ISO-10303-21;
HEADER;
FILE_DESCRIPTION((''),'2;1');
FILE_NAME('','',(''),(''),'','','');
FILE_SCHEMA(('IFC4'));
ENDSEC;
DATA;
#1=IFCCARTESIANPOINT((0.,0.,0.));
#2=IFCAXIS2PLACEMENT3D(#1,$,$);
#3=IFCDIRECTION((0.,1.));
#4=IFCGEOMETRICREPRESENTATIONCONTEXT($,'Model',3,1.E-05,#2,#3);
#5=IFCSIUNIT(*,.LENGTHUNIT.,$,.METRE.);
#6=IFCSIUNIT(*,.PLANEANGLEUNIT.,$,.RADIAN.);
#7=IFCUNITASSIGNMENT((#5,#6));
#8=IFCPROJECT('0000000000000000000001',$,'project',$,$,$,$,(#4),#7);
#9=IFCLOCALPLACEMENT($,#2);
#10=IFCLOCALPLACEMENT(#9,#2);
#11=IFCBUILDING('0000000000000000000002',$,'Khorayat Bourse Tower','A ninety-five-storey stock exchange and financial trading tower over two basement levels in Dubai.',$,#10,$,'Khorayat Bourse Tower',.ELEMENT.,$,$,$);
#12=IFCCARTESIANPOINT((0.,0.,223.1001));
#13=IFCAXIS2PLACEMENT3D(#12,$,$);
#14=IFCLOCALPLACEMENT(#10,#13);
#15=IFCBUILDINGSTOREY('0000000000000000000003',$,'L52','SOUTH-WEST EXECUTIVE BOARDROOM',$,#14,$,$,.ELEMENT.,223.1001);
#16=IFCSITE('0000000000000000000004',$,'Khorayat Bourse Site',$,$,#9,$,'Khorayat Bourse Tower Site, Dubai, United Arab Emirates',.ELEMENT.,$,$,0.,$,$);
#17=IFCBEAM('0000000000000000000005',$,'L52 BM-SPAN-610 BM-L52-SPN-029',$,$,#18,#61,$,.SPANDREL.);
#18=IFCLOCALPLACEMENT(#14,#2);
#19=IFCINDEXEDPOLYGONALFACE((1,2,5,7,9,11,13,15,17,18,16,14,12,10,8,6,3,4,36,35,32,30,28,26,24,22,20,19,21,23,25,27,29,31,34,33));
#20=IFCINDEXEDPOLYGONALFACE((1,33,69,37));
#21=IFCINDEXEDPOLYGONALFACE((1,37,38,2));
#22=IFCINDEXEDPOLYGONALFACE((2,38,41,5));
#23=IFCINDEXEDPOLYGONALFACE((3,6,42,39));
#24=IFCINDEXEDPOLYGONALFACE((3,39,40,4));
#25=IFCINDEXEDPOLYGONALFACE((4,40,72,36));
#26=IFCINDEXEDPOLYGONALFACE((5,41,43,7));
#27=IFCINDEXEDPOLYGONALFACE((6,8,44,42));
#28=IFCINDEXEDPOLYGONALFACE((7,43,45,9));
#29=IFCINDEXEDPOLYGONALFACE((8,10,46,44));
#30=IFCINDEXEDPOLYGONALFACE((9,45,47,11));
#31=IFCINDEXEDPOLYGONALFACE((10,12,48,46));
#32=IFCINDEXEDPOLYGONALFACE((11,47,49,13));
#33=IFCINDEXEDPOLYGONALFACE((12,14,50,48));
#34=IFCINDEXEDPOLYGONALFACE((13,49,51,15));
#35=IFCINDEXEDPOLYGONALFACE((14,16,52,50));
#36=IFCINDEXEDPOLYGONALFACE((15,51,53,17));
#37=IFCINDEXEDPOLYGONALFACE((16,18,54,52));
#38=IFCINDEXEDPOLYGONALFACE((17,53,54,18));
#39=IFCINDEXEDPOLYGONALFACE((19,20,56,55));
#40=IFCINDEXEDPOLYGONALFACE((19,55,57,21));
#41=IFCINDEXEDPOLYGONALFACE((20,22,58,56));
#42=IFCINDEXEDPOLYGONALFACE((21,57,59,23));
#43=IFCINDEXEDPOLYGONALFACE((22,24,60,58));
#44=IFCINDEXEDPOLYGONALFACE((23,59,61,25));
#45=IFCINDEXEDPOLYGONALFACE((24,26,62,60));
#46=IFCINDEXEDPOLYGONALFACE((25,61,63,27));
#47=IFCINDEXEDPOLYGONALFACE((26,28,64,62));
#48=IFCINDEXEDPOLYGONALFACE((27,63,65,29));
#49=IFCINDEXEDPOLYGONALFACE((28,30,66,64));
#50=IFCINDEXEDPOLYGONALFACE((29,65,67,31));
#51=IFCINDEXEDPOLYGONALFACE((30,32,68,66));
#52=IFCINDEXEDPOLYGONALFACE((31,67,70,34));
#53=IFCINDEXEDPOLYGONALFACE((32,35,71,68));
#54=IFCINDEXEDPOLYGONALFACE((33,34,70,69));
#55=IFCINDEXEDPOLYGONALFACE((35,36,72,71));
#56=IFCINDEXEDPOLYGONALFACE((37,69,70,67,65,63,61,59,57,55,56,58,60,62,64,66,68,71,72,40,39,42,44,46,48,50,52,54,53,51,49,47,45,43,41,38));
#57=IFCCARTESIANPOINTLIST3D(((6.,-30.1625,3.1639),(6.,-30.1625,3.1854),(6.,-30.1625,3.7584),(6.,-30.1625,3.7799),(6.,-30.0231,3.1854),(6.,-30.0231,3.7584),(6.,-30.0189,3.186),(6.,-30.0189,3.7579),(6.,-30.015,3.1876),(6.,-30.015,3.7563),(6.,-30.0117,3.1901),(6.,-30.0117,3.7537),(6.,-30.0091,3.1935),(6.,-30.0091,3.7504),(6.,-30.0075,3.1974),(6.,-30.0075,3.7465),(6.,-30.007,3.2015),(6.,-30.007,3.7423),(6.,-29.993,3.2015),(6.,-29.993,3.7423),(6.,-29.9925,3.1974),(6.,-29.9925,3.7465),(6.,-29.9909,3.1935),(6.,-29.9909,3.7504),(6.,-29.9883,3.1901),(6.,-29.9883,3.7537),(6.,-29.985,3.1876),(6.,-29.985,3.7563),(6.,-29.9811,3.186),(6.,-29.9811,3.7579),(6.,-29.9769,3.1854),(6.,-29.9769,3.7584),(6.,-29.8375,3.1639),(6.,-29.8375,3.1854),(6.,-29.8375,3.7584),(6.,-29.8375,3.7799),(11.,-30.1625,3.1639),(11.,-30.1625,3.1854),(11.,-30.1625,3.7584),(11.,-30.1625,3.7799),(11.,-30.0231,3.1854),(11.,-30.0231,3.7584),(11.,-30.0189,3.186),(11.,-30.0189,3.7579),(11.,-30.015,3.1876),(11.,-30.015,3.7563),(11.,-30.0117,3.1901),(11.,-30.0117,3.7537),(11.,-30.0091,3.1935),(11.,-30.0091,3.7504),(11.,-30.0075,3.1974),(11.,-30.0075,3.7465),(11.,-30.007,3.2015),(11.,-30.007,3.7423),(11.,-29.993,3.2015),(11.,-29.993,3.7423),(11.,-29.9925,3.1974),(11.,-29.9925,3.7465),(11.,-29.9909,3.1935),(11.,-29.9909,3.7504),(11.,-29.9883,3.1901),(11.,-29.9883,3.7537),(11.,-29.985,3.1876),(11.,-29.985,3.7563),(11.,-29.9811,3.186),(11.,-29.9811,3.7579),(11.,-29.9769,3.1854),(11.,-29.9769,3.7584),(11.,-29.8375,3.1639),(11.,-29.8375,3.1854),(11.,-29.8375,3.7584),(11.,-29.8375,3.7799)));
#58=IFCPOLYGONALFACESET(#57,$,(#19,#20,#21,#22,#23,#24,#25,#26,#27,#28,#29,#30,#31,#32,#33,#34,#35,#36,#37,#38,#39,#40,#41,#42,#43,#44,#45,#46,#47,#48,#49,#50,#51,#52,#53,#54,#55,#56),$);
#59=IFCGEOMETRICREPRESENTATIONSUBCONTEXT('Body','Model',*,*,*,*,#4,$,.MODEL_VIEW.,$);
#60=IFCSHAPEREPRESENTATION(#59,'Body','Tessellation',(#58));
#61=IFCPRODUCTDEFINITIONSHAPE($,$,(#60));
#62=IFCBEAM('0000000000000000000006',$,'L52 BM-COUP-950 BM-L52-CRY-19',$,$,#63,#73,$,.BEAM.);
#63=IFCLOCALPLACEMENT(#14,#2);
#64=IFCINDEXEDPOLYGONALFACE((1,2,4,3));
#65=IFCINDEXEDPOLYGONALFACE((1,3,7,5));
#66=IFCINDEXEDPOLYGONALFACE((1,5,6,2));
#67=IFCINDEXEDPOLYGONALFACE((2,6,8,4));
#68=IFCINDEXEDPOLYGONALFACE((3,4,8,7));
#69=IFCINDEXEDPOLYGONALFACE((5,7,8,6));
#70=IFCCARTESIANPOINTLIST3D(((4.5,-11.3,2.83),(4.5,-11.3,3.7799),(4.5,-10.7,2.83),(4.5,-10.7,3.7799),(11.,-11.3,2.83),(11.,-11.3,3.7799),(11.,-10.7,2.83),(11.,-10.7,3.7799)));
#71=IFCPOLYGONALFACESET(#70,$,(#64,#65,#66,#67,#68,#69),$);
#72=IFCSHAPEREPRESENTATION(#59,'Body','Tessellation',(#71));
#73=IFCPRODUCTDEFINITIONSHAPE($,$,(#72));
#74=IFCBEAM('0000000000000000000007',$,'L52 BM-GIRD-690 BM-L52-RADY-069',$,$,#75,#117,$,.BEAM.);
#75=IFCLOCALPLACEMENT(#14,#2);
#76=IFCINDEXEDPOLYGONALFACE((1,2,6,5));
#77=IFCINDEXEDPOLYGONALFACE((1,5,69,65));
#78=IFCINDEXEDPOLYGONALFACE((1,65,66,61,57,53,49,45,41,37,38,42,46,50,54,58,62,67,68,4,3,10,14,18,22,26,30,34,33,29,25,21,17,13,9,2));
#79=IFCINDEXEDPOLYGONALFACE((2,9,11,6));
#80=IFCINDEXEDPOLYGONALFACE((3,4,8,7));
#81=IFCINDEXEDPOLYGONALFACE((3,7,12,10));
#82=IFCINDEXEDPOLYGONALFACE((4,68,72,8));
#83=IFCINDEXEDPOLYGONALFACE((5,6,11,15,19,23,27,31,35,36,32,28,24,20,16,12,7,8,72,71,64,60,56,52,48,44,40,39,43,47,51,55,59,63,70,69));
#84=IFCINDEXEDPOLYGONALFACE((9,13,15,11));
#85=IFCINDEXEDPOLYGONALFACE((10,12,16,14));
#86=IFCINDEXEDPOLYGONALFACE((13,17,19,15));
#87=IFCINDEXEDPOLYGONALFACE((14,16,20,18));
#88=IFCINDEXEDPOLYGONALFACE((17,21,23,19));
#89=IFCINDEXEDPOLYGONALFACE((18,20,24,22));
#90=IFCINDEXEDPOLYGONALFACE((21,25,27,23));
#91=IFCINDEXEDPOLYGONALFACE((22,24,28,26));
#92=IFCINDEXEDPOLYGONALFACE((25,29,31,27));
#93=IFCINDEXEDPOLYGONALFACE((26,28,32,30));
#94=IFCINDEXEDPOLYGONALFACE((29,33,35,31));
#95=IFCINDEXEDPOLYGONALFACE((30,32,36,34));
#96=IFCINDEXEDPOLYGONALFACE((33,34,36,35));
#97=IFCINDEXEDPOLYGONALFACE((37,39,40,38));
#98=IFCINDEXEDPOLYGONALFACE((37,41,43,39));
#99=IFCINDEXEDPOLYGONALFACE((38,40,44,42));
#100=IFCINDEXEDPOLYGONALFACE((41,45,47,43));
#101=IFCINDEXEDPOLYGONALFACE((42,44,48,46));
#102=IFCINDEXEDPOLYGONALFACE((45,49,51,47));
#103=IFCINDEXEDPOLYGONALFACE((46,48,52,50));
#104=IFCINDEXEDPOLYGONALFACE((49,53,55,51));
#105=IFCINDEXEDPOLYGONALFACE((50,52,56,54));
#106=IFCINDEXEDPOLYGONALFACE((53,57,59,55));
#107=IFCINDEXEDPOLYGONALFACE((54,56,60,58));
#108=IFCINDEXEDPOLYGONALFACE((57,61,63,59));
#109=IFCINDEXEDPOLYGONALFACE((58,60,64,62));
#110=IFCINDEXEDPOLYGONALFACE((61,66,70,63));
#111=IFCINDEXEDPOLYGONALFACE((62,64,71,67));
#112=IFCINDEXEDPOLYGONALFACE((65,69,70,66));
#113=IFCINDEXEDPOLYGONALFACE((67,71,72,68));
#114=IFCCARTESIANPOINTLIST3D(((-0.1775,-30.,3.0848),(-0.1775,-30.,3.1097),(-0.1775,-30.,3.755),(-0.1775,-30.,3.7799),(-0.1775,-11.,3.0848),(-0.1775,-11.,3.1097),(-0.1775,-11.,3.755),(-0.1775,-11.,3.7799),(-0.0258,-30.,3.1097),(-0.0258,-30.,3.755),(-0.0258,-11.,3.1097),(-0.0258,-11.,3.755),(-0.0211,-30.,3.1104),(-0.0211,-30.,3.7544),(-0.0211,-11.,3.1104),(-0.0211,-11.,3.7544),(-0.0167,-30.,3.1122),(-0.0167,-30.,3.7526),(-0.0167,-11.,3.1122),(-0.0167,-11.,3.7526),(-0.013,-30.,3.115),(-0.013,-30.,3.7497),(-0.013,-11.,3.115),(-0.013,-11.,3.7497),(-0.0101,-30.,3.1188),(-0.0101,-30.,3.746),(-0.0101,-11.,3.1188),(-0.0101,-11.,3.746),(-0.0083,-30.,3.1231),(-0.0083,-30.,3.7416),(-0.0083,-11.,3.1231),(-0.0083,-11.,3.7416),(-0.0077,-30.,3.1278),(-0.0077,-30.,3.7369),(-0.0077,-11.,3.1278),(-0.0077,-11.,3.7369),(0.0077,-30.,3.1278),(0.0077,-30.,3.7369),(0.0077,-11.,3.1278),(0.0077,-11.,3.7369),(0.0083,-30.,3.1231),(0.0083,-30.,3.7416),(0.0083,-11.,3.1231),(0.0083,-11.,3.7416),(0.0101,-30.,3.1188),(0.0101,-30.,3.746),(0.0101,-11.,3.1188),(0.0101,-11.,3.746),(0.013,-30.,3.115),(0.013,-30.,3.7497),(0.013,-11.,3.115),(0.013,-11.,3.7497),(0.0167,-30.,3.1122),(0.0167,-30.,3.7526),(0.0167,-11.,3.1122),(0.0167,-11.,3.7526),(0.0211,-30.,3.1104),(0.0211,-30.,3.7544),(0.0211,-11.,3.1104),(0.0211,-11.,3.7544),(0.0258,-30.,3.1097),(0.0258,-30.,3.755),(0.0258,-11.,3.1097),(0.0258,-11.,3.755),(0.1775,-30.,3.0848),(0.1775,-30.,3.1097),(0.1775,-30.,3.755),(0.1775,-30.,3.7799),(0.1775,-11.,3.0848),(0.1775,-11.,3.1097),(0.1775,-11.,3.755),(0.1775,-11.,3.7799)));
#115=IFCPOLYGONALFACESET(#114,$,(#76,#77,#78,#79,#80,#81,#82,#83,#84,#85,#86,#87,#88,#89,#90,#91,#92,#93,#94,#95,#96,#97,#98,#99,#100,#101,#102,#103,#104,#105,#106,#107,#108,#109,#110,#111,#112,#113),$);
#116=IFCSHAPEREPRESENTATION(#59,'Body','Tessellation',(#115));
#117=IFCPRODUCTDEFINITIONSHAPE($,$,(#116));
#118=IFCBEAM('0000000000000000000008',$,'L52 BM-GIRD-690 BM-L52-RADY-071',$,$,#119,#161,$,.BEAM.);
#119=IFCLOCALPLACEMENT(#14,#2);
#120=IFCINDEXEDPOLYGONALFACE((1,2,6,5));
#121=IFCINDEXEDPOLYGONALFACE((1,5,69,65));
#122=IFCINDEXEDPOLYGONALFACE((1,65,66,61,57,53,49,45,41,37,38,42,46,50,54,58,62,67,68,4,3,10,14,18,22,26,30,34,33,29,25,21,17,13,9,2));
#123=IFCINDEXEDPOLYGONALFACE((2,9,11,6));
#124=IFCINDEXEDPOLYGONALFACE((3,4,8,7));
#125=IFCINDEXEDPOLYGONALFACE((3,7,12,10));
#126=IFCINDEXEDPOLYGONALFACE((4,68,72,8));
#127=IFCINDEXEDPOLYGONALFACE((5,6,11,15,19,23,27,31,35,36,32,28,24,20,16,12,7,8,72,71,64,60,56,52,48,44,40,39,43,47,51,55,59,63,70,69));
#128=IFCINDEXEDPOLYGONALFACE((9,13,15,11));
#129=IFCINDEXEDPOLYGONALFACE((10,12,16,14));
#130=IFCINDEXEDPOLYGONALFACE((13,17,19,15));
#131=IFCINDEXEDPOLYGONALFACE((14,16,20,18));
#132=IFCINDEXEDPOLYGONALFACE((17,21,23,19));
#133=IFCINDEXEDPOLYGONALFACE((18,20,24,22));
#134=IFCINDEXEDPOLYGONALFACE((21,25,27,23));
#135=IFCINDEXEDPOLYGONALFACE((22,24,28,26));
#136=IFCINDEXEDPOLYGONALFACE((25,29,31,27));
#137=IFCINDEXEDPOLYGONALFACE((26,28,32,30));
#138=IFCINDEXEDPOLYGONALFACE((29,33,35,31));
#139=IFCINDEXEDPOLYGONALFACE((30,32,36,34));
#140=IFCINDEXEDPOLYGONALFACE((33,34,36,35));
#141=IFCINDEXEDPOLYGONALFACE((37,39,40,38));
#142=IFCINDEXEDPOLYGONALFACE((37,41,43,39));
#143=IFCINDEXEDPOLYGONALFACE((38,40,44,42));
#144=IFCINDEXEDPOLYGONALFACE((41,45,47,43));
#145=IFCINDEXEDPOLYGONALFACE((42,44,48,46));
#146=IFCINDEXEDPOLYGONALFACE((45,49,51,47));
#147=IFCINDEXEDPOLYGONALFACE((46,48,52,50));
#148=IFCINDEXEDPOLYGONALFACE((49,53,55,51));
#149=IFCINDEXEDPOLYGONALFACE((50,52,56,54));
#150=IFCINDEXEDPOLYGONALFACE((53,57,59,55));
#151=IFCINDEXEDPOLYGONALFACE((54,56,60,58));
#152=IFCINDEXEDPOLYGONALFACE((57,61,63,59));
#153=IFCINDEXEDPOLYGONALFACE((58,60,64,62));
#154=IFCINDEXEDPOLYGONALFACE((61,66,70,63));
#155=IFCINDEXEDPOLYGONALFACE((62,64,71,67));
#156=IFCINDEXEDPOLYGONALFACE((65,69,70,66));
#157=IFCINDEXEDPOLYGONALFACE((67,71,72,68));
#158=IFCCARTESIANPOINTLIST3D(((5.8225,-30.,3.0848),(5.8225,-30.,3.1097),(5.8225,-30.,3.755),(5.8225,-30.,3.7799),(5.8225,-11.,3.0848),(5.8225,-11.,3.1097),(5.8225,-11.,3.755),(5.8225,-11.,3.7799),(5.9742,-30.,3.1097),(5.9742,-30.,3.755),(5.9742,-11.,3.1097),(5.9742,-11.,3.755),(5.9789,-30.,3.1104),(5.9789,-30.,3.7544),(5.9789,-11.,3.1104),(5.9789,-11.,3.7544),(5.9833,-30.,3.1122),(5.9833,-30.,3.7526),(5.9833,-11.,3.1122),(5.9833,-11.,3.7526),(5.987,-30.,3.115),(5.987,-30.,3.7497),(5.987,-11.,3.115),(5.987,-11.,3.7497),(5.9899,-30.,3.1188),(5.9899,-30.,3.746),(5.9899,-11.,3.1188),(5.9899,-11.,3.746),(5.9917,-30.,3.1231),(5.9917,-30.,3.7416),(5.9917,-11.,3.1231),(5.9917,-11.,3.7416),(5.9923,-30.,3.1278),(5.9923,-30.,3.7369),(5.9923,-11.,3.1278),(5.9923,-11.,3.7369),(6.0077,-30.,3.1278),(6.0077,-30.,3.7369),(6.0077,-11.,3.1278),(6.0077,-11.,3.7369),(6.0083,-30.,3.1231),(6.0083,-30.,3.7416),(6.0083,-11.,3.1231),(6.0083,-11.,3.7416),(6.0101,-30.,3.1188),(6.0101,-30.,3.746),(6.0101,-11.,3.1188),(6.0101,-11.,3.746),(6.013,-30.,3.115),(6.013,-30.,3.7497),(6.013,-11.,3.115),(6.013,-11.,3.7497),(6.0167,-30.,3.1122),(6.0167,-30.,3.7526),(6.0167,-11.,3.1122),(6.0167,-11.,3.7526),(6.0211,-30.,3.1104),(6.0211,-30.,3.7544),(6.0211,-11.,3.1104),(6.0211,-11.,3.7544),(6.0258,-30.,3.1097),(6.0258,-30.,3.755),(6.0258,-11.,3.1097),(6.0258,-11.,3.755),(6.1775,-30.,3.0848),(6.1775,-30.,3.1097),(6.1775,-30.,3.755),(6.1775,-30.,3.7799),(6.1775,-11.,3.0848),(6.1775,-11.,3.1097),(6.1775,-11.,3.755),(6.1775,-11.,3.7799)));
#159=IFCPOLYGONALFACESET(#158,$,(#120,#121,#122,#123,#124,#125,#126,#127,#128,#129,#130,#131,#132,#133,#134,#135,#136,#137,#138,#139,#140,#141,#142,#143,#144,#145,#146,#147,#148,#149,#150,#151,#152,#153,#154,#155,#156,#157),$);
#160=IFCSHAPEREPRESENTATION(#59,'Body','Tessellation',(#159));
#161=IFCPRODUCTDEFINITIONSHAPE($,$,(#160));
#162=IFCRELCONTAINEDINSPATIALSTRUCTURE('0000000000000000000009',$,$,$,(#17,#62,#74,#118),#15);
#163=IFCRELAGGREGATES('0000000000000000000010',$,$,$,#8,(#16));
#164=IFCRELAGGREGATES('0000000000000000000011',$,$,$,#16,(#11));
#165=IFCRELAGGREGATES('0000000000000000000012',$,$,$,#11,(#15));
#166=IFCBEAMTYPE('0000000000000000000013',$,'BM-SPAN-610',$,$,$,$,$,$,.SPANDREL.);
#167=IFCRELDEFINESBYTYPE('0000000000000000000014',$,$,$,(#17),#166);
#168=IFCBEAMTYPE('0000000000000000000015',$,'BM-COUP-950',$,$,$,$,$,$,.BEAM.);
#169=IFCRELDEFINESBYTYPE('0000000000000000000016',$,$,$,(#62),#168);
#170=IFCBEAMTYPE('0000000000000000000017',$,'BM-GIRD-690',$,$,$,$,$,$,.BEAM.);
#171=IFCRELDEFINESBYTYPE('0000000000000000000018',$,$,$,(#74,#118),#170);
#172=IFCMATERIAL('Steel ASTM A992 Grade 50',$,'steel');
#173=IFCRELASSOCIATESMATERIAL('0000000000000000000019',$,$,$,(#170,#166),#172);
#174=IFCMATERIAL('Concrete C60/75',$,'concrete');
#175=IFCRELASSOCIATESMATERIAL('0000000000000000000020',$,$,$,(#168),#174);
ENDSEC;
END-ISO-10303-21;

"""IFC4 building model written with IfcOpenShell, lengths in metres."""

from ifc_helpers import new_model, si_unit, direction, frame, origin, origin_2d, place, context, subcontext, project, spatial, rectangle, i_section, extrude, source, transform, mapped, material, material_profile, profile_set, type_object, element, save


model = new_model("IFC4")

# Units and contexts
model_context = context("Model", 3, precision=1e-05, world=origin(), true_north=direction((0.0, 1.0)))
body_context = subcontext(model_context, "Body", "Model", "MODEL_VIEW")
ifc_project = project(units=[si_unit("LENGTHUNIT", "METRE"), si_unit("PLANEANGLEUNIT", "RADIAN")], contexts=[model_context])

# Site, building, storey
site_placement = place(None, origin())
site = spatial("IfcSite", under=ifc_project, at=site_placement, Name="Khorayat Bourse Site", LongName="Khorayat Bourse Tower Site, Dubai, United Arab Emirates", CompositionType="ELEMENT", RefElevation=0.0)
building_placement = place(site_placement, origin())
building = spatial("IfcBuilding", under=site, at=building_placement, Name="Khorayat Bourse Tower", Description="A ninety-five-storey stock exchange and financial trading tower over two basement levels in Dubai.", LongName="Khorayat Bourse Tower", CompositionType="ELEMENT")
storey_placement = place(building_placement, frame((0.0, 0.0, 223.1001)))
storey = spatial("IfcBuildingStorey", under=building, at=storey_placement, Name="L52", Description="SOUTH-WEST EXECUTIVE BOARDROOM", CompositionType="ELEMENT", Elevation=223.1001)

# Shared definitions
ifc_material_1 = material(Name="Concrete C60/75", Category="concrete")

# Beams
ifc_material_2 = material(Name="Steel ASTM A992 Grade 50", Category="steel")
ifc_material_profile_1 = material_profile(ifc_material_2, i_section(OverallWidth=0.355, OverallDepth=0.6951, WebThickness=0.0154, FlangeThickness=0.0249, FilletRadius=0.0181, at=origin_2d()), Name="W690X217")
ifc_profile_set_1 = profile_set([ifc_material_profile_1], Name="Steel ASTM A992 Grade 50")
beam_type_1 = type_object("IfcBeamType", Name="BM-GIRD-690", PredefinedType="BEAM", material=ifc_profile_set_1)
ifc_material_profile_2 = material_profile(ifc_material_2, i_section(OverallWidth=0.325, OverallDepth=0.616, WebThickness=0.0139, FlangeThickness=0.0215, FilletRadius=0.0161, at=origin_2d()), Name="W610X174")
ifc_profile_set_2 = profile_set([ifc_material_profile_2], Name="Steel ASTM A992 Grade 50")
beam_type_2 = type_object("IfcBeamType", Name="BM-SPAN-610", PredefinedType="SPANDREL", material=ifc_profile_set_2)
shared_shape_1 = source(origin(), body_context, "Body", "SweptSolid", [
    extrude(i_section(OverallWidth=0.325, OverallDepth=0.616, WebThickness=0.0139, FlangeThickness=0.0215, FilletRadius=0.0161, at=origin_2d()), origin(), (0.0, 0.0, 1.0), 5.0),
])
beam_1_placement = place(storey_placement, frame((6.0, -30.0, 3.4719), z_axis=(1.0, 0.0, 0.0), x_axis=(0.0, 1.0, 0.0)))
element("IfcBeam", 1, at=beam_1_placement, inside=storey, type_object=beam_type_2, Name="L52 BM-SPAN-610 BM-L52-SPN-029", PredefinedType="SPANDREL", context=body_context, shape_type="MappedRepresentation", body=[
    mapped(shared_shape_1, transform((0.0, 0.0, 0.0), scale=1.0)),
])
ifc_material_profile_3 = material_profile(ifc_material_1, rectangle(XDim=0.6001, YDim=0.95, at=origin_2d()), Name="RC 600x950")
ifc_profile_set_3 = profile_set([ifc_material_profile_3], Name="Concrete C60/75")
beam_type_3 = type_object("IfcBeamType", Name="BM-COUP-950", PredefinedType="BEAM", material=ifc_profile_set_3)
shared_shape_2 = source(origin(), body_context, "Body", "SweptSolid", [
    extrude(rectangle(XDim=0.6001, YDim=0.95, at=origin_2d()), origin(), (0.0, 0.0, 1.0), 6.5),
])
beam_2_placement = place(storey_placement, frame((4.5, -11.0, 3.3049), z_axis=(1.0, 0.0, 0.0), x_axis=(0.0, 1.0, 0.0)))
element("IfcBeam", 2, at=beam_2_placement, inside=storey, type_object=beam_type_3, Name="L52 BM-COUP-950 BM-L52-CRY-19", PredefinedType="BEAM", context=body_context, shape_type="MappedRepresentation", body=[
    mapped(shared_shape_2, transform((0.0, 0.0, 0.0), scale=1.0)),
])
shared_shape_3 = source(origin(), body_context, "Body", "SweptSolid", [
    extrude(i_section(OverallWidth=0.355, OverallDepth=0.6951, WebThickness=0.0154, FlangeThickness=0.0249, FilletRadius=0.0181, at=origin_2d()), origin(), (0.0, 0.0, 1.0), 19.0),
])
for number, where, z_axis, x_axis, name in (
    (3, (0.0, -30.0, 3.4324), (0.0, 1.0, 0.0), (-1.0, 0.0, 0.0), "L52 BM-GIRD-690 BM-L52-RADY-069"),
    (4, (6.0, -30.0, 3.4324), (0.0, 1.0, 0.0), (-1.0, 0.0, 0.0), "L52 BM-GIRD-690 BM-L52-RADY-071"),
):
    element("IfcBeam", number, at=place(storey_placement, frame(where, z_axis=z_axis, x_axis=x_axis)), inside=storey, type_object=beam_type_1, Name=name, PredefinedType="BEAM", context=body_context, shape_type="MappedRepresentation", body=[
        mapped(shared_shape_3, transform((0.0, 0.0, 0.0), scale=1.0)),
    ])

save(model, "model.ifc")
